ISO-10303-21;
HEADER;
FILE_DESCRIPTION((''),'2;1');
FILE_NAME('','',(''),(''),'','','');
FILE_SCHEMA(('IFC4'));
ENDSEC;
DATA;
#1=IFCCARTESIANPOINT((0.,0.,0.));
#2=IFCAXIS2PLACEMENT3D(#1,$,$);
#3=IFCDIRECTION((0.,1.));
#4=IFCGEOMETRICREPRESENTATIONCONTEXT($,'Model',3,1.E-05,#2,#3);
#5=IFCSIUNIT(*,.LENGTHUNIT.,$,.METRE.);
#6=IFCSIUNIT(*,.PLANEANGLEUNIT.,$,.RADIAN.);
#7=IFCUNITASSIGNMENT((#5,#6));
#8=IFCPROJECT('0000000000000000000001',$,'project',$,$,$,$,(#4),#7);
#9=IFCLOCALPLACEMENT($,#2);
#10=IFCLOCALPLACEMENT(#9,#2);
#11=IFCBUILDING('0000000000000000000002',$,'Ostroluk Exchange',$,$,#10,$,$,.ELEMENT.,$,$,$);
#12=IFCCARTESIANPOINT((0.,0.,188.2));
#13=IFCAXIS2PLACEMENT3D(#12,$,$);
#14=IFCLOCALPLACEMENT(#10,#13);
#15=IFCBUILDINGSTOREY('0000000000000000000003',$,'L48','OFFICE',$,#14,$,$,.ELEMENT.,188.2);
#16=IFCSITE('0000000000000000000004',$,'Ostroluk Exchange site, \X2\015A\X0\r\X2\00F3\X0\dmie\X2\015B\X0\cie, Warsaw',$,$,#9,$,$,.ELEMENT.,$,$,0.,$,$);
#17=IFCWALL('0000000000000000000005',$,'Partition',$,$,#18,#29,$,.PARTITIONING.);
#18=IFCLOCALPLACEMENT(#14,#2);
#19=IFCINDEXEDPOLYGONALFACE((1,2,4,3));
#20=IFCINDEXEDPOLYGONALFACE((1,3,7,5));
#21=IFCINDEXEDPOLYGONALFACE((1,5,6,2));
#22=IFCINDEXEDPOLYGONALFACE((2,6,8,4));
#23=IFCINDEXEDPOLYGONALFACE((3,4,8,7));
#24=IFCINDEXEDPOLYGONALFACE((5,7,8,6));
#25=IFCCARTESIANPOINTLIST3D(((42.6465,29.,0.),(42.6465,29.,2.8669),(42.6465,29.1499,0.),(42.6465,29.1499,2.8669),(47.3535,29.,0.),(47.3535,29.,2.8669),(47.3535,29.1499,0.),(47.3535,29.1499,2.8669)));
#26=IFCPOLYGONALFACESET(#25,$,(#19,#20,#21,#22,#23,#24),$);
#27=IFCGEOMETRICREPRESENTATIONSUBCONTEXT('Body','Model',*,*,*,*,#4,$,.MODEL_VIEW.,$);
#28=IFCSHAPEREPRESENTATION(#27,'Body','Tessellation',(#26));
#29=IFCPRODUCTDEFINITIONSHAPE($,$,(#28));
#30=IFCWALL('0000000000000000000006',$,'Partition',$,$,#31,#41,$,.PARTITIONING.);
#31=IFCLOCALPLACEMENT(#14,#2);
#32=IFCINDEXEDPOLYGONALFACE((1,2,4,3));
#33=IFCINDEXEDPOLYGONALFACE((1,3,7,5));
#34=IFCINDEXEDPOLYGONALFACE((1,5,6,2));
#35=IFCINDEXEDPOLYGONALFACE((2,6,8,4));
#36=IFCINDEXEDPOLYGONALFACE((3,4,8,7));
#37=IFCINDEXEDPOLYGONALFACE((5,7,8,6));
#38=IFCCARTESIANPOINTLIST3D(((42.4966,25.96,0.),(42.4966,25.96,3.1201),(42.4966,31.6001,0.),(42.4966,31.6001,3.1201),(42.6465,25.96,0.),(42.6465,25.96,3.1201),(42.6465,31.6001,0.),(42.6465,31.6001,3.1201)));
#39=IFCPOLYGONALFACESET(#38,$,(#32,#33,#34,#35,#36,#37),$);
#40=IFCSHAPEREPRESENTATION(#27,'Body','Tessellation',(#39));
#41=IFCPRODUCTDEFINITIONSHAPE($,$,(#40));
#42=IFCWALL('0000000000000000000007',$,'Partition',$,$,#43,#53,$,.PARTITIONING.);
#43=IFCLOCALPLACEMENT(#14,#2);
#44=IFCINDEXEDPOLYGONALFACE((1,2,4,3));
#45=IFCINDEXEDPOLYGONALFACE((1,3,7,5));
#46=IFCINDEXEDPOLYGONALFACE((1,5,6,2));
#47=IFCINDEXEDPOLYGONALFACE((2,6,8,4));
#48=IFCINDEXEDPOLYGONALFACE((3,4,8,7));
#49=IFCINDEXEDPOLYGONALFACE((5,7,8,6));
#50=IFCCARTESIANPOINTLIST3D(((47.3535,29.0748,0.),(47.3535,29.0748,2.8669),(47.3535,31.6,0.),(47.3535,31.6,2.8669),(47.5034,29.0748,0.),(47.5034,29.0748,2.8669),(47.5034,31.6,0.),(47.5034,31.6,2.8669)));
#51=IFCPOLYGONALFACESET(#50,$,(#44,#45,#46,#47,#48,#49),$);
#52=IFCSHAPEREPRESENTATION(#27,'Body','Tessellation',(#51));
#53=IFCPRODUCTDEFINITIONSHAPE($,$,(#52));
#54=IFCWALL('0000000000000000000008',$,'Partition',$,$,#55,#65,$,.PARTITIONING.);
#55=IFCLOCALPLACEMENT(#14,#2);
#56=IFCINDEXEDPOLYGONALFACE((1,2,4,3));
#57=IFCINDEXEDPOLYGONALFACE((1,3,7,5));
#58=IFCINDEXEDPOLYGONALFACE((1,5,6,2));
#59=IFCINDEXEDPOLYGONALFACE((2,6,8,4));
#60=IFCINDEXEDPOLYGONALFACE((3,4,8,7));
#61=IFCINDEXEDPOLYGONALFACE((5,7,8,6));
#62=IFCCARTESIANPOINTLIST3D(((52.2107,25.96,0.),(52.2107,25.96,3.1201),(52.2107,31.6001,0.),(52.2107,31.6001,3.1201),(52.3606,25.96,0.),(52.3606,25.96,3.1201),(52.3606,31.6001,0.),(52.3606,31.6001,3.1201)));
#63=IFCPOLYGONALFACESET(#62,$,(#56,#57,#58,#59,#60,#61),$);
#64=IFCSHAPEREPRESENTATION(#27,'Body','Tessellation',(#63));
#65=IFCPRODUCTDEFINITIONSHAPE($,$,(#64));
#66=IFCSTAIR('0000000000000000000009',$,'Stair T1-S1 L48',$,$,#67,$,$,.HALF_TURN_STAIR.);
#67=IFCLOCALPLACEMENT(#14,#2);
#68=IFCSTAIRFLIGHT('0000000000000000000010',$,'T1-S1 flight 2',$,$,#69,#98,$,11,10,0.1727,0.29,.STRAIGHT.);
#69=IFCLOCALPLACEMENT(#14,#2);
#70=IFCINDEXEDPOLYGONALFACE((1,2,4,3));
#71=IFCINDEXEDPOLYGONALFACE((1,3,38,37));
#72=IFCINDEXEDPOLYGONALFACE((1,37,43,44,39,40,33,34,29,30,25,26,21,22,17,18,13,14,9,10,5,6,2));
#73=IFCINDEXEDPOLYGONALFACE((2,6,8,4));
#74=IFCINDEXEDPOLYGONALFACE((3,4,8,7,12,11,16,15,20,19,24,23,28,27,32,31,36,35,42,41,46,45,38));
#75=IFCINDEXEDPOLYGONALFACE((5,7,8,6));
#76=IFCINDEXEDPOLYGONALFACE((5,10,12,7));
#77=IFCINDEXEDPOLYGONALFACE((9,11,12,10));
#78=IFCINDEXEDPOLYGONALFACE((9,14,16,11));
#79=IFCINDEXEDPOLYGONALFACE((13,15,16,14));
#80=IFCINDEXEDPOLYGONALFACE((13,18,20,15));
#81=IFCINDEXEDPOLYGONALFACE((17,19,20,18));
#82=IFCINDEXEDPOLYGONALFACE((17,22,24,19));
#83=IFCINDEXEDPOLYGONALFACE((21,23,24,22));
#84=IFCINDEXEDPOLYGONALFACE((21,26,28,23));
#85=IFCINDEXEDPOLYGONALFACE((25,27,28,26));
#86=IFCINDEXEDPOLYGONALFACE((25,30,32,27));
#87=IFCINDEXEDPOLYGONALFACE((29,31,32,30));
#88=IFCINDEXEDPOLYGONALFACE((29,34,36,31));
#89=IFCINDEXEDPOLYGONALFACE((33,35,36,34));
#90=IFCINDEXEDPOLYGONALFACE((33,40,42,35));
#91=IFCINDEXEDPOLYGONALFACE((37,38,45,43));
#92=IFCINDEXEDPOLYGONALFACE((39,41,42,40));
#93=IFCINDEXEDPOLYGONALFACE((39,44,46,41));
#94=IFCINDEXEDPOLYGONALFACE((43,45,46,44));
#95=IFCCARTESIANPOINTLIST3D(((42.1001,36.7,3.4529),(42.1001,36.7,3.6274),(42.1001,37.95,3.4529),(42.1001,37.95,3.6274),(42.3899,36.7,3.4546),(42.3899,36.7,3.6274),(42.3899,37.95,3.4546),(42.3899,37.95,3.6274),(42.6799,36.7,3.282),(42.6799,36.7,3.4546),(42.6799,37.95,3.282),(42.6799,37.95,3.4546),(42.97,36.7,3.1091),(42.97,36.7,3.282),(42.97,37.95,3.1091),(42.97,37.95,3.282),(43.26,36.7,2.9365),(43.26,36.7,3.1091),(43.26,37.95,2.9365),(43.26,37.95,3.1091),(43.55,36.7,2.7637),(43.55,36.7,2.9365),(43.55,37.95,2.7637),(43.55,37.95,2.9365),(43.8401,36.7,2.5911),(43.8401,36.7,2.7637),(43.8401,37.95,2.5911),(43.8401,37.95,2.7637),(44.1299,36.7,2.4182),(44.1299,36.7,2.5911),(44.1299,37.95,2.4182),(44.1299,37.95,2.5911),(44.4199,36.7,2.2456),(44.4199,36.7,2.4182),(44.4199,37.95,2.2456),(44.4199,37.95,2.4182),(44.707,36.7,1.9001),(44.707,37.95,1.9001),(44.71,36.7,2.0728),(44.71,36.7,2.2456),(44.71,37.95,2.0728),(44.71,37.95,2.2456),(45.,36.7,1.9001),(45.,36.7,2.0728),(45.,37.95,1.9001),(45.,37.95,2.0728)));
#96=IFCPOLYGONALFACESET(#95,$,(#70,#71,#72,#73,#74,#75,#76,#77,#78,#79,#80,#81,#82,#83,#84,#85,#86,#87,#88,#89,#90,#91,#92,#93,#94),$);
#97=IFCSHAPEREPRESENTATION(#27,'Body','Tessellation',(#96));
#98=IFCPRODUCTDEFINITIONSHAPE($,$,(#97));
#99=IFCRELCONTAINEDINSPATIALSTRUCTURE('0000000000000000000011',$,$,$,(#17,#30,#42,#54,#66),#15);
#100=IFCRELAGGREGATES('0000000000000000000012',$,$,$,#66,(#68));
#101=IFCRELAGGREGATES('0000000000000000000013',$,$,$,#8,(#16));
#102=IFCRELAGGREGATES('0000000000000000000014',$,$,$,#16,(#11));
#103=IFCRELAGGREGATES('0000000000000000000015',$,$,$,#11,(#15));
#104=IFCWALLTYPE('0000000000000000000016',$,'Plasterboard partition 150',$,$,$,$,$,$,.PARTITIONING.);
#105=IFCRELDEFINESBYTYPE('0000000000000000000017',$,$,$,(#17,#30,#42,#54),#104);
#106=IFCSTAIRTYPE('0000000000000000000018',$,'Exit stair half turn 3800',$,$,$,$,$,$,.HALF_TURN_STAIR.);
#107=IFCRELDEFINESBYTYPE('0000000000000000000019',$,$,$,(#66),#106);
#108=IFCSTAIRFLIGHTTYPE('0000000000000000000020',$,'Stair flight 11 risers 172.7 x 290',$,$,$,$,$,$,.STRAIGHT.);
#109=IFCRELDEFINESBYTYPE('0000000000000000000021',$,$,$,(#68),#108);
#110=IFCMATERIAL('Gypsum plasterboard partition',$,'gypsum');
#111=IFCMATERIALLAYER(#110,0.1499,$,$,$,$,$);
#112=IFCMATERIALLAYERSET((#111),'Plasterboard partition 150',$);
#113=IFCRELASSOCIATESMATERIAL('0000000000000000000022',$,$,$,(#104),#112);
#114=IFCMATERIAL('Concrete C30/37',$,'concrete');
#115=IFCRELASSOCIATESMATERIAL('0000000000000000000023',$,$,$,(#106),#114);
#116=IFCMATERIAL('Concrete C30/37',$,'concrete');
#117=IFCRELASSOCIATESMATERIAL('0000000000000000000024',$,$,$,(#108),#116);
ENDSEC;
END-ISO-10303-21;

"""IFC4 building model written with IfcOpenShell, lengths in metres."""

from ifc_helpers import new_model, si_unit, direction, frame, frame_2d, origin, place, context, subcontext, project, spatial, polyline, rectangle, outline, extrude, material, layer, layer_set, type_object, element, aggregate, save


model = new_model("IFC4")

# Units and contexts
model_context = context("Model", 3, precision=1e-05, world=origin(), true_north=direction((0.0, 1.0)))
body_context = subcontext(model_context, "Body", "Model", "MODEL_VIEW")
ifc_project = project(units=[si_unit("LENGTHUNIT", "METRE"), si_unit("PLANEANGLEUNIT", "RADIAN")], contexts=[model_context])

# Site, building, storey
site_placement = place(None, origin())
site = spatial("IfcSite", under=ifc_project, at=site_placement, Name="Ostroluk Exchange site, Śródmieście, Warsaw", CompositionType="ELEMENT", RefElevation=0.0)
building_placement = place(site_placement, origin())
building = spatial("IfcBuilding", under=site, at=building_placement, Name="Ostroluk Exchange", CompositionType="ELEMENT")
storey_placement = place(building_placement, frame((0.0, 0.0, 188.2)))
storey = spatial("IfcBuildingStorey", under=building, at=storey_placement, Name="L48", Description="OFFICE", CompositionType="ELEMENT", Elevation=188.2)

# Walls
ifc_material_1 = material(Name="Gypsum plasterboard partition", Category="gypsum")
ifc_layer_1 = layer(ifc_material_1, 0.1499)
ifc_layer_set_1 = layer_set([ifc_layer_1], Name="Plasterboard partition 150")
wall_type_1 = type_object("IfcWallType", Name="Plasterboard partition 150", PredefinedType="PARTITIONING", material=ifc_layer_set_1)
wall_1_placement = place(storey_placement, frame((42.6465, 29.075, 0.0), z_axis=(0.0, 0.0, 1.0), x_axis=(1.0, 0.0, 0.0)))
element("IfcWall", 1, at=wall_1_placement, inside=storey, type_object=wall_type_1, Name="Partition", PredefinedType="PARTITIONING", context=body_context, shape_type="SweptSolid", body=[
    extrude(rectangle(XDim=4.707, YDim=0.1499, at=frame_2d((2.3535, 0.0))), origin(), (0.0, 0.0, 1.0), 2.8669),
])
wall_2_placement = place(storey_placement, frame((42.5715, 31.6001, 0.0), z_axis=(0.0, 0.0, 1.0), x_axis=(0.0, -1.0, 0.0)))
element("IfcWall", 2, at=wall_2_placement, inside=storey, type_object=wall_type_1, Name="Partition", PredefinedType="PARTITIONING", context=body_context, shape_type="SweptSolid", body=[
    extrude(rectangle(XDim=5.6401, YDim=0.1499, at=frame_2d((2.8201, 0.0))), origin(), (0.0, 0.0, 1.0), 3.1201),
])
wall_3_placement = place(storey_placement, frame((47.4285, 31.6001, 0.0), z_axis=(0.0, 0.0, 1.0), x_axis=(0.0, -1.0, 0.0)))
element("IfcWall", 3, at=wall_3_placement, inside=storey, type_object=wall_type_1, Name="Partition", PredefinedType="PARTITIONING", context=body_context, shape_type="SweptSolid", body=[
    extrude(rectangle(XDim=2.5251, YDim=0.1499, at=frame_2d((1.2627, 0.0))), origin(), (0.0, 0.0, 1.0), 2.8669),
])
wall_4_placement = place(storey_placement, frame((52.2856, 31.6001, 0.0), z_axis=(0.0, 0.0, 1.0), x_axis=(0.0, -1.0, 0.0)))
element("IfcWall", 4, at=wall_4_placement, inside=storey, type_object=wall_type_1, Name="Partition", PredefinedType="PARTITIONING", context=body_context, shape_type="SweptSolid", body=[
    extrude(rectangle(XDim=5.6401, YDim=0.1499, at=frame_2d((2.8201, 0.0))), origin(), (0.0, 0.0, 1.0), 3.1201),
])

# Stair, stair flight
ifc_material_2 = material(Name="Concrete C30/37", Category="concrete")
stair_type = type_object("IfcStairType", Name="Exit stair half turn 3800", PredefinedType="HALF_TURN_STAIR", material=ifc_material_2)
stair_placement = place(storey_placement, origin())
stair = element("IfcStair", 5, at=stair_placement, inside=storey, type_object=stair_type, Name="Stair T1-S1 L48", PredefinedType="HALF_TURN_STAIR")
ifc_material_3 = material(Name="Concrete C30/37", Category="concrete")
stair_flight_type = type_object("IfcStairFlightType", Name="Stair flight 11 risers 172.7 x 290", PredefinedType="STRAIGHT", material=ifc_material_3)
stair_flight_placement = place(storey_placement, frame((45.0, 37.325, 1.9001), z_axis=(0.0, 0.0, 1.0), x_axis=(-1.0, 0.0, 0.0)))
stair_flight = element("IfcStairFlight", 6, at=stair_flight_placement, type_object=stair_flight_type, Name="T1-S1 flight 2", NumberOfRisers=11, NumberOfTreads=10, PredefinedType="STRAIGHT", RiserHeight=0.1727, TreadLength=0.29, context=body_context, shape_type="SweptSolid", body=[
    extrude(outline(polyline([(0.0, 0.0), (0.0, 0.1726), (0.29, 0.1726), (0.29, 0.3455), (0.5801, 0.3455), (0.5801, 0.5181), (0.8701, 0.5181), (0.8701, 0.6909), (1.1599, 0.6909), (1.1599, 0.8635), (1.45, 0.8635), (1.45, 1.0364), (1.74, 1.0364), (1.74, 1.209), (2.03, 1.209), (2.03, 1.3818), (2.3201, 1.3818), (2.3201, 1.5544), (2.6101, 1.5544), (2.6101, 1.7273), (2.8999, 1.7273), (2.8999, 1.8999), (2.8999, 1.5527), (0.293, 0.0), (0.0, 0.0)])), frame((0.0, 0.625, 0.0), z_axis=(0.0, -1.0, 0.0), x_axis=(1.0, 0.0, 0.0)), (0.0, 0.0, 1.0), 1.25),
])
aggregate(stair, [stair_flight])

save(model, "model.ifc")
